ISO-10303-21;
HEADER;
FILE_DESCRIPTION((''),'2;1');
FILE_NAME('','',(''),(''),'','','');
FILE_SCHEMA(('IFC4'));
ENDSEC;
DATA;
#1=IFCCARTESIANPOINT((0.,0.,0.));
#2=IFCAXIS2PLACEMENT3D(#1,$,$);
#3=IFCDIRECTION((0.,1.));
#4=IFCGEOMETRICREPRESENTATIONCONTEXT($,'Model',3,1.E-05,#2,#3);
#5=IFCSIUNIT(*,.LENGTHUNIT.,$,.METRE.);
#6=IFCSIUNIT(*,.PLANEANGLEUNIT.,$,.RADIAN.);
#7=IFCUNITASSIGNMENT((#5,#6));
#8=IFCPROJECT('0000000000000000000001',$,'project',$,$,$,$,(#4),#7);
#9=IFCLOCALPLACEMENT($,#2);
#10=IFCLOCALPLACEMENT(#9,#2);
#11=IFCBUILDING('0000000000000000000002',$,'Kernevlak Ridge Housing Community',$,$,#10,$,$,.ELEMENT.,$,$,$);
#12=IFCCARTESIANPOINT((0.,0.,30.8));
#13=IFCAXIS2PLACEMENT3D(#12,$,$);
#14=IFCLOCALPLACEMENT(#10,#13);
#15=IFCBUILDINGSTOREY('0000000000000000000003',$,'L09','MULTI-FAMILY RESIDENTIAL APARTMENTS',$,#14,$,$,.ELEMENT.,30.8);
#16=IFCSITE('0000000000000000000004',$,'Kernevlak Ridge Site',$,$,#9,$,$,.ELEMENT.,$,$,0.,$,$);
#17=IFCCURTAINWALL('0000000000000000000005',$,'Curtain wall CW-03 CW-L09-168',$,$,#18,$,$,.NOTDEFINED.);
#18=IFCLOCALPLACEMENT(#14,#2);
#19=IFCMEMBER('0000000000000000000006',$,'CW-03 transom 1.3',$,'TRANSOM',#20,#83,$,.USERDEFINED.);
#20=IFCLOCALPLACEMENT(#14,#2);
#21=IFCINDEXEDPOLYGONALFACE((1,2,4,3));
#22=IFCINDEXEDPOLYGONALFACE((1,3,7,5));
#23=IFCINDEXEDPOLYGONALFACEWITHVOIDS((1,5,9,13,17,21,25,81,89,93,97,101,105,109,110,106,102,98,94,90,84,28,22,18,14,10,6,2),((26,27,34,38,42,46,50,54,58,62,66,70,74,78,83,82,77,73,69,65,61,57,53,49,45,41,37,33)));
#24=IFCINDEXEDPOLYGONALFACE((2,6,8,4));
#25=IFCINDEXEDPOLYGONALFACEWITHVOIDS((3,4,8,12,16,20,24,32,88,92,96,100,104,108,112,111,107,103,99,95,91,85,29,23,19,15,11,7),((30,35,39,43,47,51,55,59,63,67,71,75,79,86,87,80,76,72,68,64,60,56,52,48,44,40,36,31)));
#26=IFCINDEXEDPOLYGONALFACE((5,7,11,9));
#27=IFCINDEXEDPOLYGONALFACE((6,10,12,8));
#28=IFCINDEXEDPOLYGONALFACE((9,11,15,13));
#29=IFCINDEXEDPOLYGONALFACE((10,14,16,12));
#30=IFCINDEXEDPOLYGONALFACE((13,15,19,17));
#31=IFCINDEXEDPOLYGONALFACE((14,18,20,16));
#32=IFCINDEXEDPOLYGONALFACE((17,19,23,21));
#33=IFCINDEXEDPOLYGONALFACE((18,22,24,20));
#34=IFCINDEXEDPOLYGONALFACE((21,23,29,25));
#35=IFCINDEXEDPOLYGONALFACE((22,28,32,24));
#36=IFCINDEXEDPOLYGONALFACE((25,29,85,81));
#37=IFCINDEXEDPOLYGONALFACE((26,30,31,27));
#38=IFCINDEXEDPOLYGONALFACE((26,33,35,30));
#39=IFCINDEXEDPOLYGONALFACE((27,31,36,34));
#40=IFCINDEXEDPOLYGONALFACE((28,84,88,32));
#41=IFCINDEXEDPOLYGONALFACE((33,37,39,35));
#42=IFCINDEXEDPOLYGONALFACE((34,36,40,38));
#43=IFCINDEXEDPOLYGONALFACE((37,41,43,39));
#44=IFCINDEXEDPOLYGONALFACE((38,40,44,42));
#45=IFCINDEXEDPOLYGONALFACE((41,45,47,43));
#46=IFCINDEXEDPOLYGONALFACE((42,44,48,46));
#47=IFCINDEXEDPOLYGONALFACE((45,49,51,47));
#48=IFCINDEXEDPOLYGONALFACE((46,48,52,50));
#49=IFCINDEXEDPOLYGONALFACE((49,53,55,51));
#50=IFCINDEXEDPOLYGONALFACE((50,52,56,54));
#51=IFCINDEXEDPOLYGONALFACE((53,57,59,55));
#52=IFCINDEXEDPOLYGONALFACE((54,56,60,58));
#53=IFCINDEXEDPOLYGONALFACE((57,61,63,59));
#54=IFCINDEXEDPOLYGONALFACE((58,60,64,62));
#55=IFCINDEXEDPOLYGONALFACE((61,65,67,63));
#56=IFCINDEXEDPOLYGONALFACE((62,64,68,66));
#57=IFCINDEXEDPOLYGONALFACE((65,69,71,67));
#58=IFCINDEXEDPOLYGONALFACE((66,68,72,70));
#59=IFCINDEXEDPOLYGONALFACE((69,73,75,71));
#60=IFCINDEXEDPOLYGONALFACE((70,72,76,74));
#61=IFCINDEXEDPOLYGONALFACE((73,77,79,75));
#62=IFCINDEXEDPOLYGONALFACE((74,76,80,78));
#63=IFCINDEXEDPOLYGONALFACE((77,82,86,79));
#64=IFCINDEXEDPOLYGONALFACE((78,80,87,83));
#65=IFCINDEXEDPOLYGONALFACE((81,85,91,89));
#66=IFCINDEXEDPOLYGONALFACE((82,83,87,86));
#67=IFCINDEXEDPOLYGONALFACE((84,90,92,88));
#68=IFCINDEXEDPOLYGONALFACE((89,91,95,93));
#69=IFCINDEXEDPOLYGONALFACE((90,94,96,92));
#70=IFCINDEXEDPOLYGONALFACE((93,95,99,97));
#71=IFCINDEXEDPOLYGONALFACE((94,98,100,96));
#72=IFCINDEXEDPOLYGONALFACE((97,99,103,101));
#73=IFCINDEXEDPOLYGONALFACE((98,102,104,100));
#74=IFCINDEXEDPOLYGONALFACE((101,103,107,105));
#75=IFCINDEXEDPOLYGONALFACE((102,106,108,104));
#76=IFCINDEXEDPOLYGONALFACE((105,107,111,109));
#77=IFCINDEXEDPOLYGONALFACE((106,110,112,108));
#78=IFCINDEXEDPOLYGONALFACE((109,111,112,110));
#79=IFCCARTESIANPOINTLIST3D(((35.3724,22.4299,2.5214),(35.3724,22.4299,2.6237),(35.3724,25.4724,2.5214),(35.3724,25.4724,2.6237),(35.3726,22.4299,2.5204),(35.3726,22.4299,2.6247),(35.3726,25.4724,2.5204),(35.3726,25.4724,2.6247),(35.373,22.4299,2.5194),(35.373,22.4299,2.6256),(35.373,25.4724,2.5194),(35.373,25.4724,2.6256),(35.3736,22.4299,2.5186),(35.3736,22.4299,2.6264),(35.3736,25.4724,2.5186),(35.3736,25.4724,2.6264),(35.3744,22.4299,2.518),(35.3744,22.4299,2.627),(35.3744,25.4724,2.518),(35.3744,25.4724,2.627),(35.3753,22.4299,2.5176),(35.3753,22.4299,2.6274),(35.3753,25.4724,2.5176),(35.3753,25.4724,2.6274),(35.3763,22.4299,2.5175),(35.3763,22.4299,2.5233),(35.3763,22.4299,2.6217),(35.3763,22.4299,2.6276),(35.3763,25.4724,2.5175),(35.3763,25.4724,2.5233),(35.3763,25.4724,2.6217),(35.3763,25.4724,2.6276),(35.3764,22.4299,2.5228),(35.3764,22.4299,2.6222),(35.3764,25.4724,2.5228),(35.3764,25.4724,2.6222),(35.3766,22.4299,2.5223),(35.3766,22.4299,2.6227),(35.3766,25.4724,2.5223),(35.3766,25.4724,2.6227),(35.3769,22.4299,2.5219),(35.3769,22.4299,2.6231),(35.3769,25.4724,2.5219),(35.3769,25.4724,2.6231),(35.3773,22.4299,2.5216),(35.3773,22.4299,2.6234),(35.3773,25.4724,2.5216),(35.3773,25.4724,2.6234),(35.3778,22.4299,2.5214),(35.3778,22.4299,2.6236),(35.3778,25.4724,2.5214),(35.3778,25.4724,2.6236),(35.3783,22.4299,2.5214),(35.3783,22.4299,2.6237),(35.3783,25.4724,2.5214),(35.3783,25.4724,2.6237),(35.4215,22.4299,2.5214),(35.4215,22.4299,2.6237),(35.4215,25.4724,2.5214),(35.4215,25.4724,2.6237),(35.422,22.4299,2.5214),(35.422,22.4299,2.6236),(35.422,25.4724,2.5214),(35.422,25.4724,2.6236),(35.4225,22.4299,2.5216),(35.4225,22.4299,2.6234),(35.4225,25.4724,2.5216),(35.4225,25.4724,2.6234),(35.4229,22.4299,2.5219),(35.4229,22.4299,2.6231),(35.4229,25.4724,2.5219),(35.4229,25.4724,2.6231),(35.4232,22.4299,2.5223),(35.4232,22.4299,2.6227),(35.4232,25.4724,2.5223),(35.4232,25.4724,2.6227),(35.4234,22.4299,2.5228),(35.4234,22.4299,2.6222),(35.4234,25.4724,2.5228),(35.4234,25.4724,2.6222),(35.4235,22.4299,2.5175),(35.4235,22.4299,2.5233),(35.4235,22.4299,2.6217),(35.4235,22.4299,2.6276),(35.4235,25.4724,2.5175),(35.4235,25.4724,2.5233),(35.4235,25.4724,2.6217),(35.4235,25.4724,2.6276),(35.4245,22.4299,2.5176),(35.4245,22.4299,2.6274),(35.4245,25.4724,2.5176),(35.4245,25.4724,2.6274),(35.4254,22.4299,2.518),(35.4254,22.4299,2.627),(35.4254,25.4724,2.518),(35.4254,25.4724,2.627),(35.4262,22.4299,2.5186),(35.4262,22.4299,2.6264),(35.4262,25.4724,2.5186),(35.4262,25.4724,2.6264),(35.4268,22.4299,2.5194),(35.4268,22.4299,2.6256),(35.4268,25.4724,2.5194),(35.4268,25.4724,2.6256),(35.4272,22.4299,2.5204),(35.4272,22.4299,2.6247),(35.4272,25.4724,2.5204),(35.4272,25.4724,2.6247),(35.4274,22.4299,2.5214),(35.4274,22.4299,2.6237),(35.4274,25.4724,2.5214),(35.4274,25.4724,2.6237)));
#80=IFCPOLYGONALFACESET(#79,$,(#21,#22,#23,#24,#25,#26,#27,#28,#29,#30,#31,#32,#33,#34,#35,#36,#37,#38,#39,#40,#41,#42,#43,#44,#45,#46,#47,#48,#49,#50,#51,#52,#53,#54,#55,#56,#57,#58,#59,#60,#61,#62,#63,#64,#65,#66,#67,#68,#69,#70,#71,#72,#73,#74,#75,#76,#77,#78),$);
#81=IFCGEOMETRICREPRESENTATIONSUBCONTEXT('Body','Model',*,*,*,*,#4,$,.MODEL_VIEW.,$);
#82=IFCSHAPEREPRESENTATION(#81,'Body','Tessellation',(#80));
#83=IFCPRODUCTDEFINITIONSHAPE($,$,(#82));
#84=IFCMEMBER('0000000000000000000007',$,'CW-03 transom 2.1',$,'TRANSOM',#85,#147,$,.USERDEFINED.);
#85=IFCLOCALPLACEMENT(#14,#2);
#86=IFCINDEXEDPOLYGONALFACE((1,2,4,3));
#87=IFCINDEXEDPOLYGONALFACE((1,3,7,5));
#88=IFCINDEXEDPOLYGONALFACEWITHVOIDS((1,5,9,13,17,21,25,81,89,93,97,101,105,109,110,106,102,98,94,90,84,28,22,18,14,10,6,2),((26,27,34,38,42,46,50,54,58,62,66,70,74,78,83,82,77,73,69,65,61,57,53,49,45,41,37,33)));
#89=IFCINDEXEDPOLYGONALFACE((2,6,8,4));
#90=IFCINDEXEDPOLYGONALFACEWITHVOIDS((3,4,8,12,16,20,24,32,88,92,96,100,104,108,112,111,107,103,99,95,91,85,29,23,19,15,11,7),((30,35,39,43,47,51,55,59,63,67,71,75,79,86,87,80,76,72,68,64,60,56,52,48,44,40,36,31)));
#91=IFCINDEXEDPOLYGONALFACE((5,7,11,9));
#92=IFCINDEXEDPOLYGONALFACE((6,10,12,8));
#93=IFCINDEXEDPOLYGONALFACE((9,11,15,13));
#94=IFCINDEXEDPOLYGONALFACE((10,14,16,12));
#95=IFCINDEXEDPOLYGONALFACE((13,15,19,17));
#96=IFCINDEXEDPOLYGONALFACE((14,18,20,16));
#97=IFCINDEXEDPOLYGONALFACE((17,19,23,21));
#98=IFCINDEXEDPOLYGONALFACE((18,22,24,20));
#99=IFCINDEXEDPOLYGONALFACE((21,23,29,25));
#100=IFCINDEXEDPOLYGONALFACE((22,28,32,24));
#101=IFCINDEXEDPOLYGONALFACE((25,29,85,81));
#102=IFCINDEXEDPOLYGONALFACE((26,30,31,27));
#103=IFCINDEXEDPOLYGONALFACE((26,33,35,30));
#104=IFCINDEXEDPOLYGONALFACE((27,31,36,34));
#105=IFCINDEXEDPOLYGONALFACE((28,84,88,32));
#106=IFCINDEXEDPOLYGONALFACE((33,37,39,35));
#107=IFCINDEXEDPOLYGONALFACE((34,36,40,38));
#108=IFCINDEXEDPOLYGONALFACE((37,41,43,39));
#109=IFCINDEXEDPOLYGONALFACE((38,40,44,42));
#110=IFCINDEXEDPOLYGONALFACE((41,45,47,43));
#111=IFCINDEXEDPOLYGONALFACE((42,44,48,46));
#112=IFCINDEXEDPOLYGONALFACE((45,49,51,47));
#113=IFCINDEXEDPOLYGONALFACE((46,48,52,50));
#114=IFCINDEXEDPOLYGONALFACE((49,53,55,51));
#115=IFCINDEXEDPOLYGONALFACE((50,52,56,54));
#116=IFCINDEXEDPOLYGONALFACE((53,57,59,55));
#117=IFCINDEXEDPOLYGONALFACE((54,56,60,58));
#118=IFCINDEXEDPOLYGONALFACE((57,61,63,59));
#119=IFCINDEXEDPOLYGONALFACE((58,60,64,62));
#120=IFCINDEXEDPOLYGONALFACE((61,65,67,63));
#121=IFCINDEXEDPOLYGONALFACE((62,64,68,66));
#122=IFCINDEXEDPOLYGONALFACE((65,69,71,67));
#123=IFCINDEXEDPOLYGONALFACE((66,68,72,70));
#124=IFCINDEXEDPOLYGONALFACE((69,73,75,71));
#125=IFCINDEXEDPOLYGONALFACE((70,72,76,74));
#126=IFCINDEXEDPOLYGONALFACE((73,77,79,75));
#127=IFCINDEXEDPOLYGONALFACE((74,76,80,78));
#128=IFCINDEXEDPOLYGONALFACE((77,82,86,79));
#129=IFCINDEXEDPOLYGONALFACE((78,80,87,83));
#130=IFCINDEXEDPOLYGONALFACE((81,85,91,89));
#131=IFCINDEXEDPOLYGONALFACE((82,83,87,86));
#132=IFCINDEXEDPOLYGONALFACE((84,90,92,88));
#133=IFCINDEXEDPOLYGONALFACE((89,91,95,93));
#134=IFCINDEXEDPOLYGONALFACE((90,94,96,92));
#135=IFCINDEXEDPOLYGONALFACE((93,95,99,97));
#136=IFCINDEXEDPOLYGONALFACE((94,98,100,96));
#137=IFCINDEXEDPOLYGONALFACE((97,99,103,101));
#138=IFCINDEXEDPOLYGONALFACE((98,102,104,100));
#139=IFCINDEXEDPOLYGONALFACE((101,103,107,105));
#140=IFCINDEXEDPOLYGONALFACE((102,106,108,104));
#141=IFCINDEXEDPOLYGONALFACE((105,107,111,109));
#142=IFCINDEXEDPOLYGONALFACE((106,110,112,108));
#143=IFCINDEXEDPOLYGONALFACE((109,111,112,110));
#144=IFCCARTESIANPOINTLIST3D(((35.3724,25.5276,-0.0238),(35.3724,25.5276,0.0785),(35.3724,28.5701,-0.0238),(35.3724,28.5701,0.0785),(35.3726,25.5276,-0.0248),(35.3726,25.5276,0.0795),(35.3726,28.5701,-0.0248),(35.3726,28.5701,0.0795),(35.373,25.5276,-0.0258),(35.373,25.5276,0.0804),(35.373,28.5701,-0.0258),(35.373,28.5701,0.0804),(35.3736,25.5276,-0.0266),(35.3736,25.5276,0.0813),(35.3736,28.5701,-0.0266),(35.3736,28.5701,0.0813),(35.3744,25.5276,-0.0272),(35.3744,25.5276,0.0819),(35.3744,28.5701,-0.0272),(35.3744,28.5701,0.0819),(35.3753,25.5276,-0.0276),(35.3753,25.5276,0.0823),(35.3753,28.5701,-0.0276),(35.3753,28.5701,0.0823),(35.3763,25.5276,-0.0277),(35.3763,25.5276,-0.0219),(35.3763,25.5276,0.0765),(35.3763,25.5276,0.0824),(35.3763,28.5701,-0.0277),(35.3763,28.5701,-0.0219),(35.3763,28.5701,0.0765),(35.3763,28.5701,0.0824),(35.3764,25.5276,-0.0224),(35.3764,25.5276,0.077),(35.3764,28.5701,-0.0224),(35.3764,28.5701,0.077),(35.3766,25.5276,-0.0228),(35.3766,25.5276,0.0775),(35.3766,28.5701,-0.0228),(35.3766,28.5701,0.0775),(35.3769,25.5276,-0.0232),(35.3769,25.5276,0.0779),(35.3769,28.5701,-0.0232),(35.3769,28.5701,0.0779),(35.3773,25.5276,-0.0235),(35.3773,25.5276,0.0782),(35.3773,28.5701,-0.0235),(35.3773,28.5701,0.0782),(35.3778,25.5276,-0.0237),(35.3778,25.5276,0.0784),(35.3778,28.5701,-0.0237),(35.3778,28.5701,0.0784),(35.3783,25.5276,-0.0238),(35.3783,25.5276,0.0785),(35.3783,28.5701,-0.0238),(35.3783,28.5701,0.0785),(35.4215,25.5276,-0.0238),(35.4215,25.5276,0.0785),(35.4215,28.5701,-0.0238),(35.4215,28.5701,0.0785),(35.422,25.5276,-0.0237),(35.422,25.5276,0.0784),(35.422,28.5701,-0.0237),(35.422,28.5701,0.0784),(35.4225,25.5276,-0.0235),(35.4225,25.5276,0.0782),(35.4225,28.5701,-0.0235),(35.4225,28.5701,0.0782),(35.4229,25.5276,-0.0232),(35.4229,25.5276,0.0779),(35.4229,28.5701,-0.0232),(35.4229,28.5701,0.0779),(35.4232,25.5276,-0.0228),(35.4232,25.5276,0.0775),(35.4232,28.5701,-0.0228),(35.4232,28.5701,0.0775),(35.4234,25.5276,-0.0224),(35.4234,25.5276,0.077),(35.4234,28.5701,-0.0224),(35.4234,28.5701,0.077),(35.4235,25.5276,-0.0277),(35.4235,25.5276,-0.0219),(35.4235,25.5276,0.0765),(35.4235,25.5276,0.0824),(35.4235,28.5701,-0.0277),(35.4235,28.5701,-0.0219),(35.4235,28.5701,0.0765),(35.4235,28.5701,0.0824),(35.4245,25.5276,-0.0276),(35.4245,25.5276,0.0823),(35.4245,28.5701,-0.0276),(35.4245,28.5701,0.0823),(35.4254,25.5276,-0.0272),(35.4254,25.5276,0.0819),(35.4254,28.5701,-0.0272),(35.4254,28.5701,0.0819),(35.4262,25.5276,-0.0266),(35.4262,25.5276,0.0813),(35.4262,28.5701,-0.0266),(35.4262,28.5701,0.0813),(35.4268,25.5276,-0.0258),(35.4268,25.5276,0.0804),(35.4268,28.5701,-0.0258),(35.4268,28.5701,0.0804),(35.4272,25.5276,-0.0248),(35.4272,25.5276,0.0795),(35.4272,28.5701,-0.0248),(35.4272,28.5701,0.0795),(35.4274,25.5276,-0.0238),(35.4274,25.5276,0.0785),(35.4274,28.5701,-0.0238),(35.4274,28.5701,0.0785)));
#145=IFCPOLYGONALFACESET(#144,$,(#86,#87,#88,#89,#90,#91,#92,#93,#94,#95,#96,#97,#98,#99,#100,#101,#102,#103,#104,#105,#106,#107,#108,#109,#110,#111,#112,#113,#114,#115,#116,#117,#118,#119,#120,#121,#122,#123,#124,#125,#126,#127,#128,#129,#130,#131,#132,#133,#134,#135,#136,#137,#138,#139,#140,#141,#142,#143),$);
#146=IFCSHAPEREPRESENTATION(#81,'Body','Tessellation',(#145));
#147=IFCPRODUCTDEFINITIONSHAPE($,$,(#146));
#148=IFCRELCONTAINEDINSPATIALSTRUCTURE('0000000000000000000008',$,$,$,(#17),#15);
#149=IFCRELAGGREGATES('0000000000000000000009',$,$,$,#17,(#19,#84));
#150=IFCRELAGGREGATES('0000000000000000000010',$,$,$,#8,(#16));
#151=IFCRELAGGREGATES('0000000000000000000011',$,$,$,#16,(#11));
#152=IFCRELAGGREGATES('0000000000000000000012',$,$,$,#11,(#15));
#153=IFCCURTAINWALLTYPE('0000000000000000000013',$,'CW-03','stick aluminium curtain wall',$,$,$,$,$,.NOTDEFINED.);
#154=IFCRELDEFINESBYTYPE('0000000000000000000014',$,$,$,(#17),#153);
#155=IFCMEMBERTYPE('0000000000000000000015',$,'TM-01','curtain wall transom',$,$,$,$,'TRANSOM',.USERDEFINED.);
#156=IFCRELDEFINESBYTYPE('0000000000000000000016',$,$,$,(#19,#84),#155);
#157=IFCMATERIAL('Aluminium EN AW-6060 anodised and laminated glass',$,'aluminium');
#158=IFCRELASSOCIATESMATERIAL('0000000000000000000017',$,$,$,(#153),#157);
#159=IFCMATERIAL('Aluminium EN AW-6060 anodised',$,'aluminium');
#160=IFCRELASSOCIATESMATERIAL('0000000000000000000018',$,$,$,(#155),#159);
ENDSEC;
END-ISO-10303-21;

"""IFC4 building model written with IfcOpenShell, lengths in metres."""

from ifc_helpers import new_model, si_unit, direction, frame, origin, origin_2d, place, context, subcontext, project, spatial, hollow_rectangle, extrude, material, material_profile, profile_set, type_object, element, aggregate, save


model = new_model("IFC4")

# Units and contexts
model_context = context("Model", 3, precision=1e-05, world=origin(), true_north=direction((0.0, 1.0)))
body_context = subcontext(model_context, "Body", "Model", "MODEL_VIEW")
ifc_project = project(units=[si_unit("LENGTHUNIT", "METRE"), si_unit("PLANEANGLEUNIT", "RADIAN")], contexts=[model_context])

# Site, building, storey
site_placement = place(None, origin())
site = spatial("IfcSite", under=ifc_project, at=site_placement, Name="Kernevlak Ridge Site", CompositionType="ELEMENT", RefElevation=0.0)
building_placement = place(site_placement, origin())
building = spatial("IfcBuilding", under=site, at=building_placement, Name="Kernevlak Ridge Housing Community", CompositionType="ELEMENT")
storey_placement = place(building_placement, frame((0.0, 0.0, 30.8)))
storey = spatial("IfcBuildingStorey", under=building, at=storey_placement, Name="L09", Description="MULTI-FAMILY RESIDENTIAL APARTMENTS", CompositionType="ELEMENT", Elevation=30.8)

# Curtain wall, members
ifc_material_1 = material(Name="Aluminium EN AW-6060 anodised and laminated glass", Category="aluminium")
curtain_wall_type = type_object("IfcCurtainWallType", Name="CW-03", Description="stick aluminium curtain wall", PredefinedType="NOTDEFINED", material=ifc_material_1)
curtain_wall_placement = place(storey_placement, origin())
curtain_wall = element("IfcCurtainWall", 1, at=curtain_wall_placement, inside=storey, type_object=curtain_wall_type, Name="Curtain wall CW-03 CW-L09-168", PredefinedType="NOTDEFINED")
ifc_material_2 = material(Name="Aluminium EN AW-6060 anodised", Category="aluminium")
ifc_material_profile_1 = material_profile(ifc_material_2, hollow_rectangle(XDim=0.0549, YDim=0.1101, WallThickness=0.0039, InnerFilletRadius=0.002, OuterFilletRadius=0.0039, at=origin_2d()), Name="ALU 55x110x4")
ifc_profile_set_1 = profile_set([ifc_material_profile_1], Name="Aluminium EN AW-6060 anodised")
member_type = type_object("IfcMemberType", Name="TM-01", Description="curtain wall transom", ElementType="TRANSOM", PredefinedType="USERDEFINED", material=ifc_profile_set_1)
member_1_placement = place(storey_placement, frame((35.3999, 22.4299, 2.5725), z_axis=(0.0, 1.0, 0.0), x_axis=(-1.0, 0.0, 0.0)))
member_1 = element("IfcMember", 2, at=member_1_placement, type_object=member_type, Name="CW-03 transom 1.3", ObjectType="TRANSOM", PredefinedType="USERDEFINED", context=body_context, shape_type="SweptSolid", body=[
    extrude(hollow_rectangle(XDim=0.0549, YDim=0.1101, WallThickness=0.0039, InnerFilletRadius=0.002, OuterFilletRadius=0.0039, at=origin_2d()), origin(), (0.0, 0.0, 1.0), 3.0425),
])
member_2_placement = place(storey_placement, frame((35.3999, 25.5276, 0.0273), z_axis=(0.0, 1.0, 0.0), x_axis=(-1.0, 0.0, 0.0)))
member_2 = element("IfcMember", 3, at=member_2_placement, type_object=member_type, Name="CW-03 transom 2.1", ObjectType="TRANSOM", PredefinedType="USERDEFINED", context=body_context, shape_type="SweptSolid", body=[
    extrude(hollow_rectangle(XDim=0.0549, YDim=0.1101, WallThickness=0.0039, InnerFilletRadius=0.002, OuterFilletRadius=0.0039, at=origin_2d()), origin(), (0.0, 0.0, 1.0), 3.0425),
])
aggregate(curtain_wall, [member_1, member_2])

save(model, "model.ifc")
